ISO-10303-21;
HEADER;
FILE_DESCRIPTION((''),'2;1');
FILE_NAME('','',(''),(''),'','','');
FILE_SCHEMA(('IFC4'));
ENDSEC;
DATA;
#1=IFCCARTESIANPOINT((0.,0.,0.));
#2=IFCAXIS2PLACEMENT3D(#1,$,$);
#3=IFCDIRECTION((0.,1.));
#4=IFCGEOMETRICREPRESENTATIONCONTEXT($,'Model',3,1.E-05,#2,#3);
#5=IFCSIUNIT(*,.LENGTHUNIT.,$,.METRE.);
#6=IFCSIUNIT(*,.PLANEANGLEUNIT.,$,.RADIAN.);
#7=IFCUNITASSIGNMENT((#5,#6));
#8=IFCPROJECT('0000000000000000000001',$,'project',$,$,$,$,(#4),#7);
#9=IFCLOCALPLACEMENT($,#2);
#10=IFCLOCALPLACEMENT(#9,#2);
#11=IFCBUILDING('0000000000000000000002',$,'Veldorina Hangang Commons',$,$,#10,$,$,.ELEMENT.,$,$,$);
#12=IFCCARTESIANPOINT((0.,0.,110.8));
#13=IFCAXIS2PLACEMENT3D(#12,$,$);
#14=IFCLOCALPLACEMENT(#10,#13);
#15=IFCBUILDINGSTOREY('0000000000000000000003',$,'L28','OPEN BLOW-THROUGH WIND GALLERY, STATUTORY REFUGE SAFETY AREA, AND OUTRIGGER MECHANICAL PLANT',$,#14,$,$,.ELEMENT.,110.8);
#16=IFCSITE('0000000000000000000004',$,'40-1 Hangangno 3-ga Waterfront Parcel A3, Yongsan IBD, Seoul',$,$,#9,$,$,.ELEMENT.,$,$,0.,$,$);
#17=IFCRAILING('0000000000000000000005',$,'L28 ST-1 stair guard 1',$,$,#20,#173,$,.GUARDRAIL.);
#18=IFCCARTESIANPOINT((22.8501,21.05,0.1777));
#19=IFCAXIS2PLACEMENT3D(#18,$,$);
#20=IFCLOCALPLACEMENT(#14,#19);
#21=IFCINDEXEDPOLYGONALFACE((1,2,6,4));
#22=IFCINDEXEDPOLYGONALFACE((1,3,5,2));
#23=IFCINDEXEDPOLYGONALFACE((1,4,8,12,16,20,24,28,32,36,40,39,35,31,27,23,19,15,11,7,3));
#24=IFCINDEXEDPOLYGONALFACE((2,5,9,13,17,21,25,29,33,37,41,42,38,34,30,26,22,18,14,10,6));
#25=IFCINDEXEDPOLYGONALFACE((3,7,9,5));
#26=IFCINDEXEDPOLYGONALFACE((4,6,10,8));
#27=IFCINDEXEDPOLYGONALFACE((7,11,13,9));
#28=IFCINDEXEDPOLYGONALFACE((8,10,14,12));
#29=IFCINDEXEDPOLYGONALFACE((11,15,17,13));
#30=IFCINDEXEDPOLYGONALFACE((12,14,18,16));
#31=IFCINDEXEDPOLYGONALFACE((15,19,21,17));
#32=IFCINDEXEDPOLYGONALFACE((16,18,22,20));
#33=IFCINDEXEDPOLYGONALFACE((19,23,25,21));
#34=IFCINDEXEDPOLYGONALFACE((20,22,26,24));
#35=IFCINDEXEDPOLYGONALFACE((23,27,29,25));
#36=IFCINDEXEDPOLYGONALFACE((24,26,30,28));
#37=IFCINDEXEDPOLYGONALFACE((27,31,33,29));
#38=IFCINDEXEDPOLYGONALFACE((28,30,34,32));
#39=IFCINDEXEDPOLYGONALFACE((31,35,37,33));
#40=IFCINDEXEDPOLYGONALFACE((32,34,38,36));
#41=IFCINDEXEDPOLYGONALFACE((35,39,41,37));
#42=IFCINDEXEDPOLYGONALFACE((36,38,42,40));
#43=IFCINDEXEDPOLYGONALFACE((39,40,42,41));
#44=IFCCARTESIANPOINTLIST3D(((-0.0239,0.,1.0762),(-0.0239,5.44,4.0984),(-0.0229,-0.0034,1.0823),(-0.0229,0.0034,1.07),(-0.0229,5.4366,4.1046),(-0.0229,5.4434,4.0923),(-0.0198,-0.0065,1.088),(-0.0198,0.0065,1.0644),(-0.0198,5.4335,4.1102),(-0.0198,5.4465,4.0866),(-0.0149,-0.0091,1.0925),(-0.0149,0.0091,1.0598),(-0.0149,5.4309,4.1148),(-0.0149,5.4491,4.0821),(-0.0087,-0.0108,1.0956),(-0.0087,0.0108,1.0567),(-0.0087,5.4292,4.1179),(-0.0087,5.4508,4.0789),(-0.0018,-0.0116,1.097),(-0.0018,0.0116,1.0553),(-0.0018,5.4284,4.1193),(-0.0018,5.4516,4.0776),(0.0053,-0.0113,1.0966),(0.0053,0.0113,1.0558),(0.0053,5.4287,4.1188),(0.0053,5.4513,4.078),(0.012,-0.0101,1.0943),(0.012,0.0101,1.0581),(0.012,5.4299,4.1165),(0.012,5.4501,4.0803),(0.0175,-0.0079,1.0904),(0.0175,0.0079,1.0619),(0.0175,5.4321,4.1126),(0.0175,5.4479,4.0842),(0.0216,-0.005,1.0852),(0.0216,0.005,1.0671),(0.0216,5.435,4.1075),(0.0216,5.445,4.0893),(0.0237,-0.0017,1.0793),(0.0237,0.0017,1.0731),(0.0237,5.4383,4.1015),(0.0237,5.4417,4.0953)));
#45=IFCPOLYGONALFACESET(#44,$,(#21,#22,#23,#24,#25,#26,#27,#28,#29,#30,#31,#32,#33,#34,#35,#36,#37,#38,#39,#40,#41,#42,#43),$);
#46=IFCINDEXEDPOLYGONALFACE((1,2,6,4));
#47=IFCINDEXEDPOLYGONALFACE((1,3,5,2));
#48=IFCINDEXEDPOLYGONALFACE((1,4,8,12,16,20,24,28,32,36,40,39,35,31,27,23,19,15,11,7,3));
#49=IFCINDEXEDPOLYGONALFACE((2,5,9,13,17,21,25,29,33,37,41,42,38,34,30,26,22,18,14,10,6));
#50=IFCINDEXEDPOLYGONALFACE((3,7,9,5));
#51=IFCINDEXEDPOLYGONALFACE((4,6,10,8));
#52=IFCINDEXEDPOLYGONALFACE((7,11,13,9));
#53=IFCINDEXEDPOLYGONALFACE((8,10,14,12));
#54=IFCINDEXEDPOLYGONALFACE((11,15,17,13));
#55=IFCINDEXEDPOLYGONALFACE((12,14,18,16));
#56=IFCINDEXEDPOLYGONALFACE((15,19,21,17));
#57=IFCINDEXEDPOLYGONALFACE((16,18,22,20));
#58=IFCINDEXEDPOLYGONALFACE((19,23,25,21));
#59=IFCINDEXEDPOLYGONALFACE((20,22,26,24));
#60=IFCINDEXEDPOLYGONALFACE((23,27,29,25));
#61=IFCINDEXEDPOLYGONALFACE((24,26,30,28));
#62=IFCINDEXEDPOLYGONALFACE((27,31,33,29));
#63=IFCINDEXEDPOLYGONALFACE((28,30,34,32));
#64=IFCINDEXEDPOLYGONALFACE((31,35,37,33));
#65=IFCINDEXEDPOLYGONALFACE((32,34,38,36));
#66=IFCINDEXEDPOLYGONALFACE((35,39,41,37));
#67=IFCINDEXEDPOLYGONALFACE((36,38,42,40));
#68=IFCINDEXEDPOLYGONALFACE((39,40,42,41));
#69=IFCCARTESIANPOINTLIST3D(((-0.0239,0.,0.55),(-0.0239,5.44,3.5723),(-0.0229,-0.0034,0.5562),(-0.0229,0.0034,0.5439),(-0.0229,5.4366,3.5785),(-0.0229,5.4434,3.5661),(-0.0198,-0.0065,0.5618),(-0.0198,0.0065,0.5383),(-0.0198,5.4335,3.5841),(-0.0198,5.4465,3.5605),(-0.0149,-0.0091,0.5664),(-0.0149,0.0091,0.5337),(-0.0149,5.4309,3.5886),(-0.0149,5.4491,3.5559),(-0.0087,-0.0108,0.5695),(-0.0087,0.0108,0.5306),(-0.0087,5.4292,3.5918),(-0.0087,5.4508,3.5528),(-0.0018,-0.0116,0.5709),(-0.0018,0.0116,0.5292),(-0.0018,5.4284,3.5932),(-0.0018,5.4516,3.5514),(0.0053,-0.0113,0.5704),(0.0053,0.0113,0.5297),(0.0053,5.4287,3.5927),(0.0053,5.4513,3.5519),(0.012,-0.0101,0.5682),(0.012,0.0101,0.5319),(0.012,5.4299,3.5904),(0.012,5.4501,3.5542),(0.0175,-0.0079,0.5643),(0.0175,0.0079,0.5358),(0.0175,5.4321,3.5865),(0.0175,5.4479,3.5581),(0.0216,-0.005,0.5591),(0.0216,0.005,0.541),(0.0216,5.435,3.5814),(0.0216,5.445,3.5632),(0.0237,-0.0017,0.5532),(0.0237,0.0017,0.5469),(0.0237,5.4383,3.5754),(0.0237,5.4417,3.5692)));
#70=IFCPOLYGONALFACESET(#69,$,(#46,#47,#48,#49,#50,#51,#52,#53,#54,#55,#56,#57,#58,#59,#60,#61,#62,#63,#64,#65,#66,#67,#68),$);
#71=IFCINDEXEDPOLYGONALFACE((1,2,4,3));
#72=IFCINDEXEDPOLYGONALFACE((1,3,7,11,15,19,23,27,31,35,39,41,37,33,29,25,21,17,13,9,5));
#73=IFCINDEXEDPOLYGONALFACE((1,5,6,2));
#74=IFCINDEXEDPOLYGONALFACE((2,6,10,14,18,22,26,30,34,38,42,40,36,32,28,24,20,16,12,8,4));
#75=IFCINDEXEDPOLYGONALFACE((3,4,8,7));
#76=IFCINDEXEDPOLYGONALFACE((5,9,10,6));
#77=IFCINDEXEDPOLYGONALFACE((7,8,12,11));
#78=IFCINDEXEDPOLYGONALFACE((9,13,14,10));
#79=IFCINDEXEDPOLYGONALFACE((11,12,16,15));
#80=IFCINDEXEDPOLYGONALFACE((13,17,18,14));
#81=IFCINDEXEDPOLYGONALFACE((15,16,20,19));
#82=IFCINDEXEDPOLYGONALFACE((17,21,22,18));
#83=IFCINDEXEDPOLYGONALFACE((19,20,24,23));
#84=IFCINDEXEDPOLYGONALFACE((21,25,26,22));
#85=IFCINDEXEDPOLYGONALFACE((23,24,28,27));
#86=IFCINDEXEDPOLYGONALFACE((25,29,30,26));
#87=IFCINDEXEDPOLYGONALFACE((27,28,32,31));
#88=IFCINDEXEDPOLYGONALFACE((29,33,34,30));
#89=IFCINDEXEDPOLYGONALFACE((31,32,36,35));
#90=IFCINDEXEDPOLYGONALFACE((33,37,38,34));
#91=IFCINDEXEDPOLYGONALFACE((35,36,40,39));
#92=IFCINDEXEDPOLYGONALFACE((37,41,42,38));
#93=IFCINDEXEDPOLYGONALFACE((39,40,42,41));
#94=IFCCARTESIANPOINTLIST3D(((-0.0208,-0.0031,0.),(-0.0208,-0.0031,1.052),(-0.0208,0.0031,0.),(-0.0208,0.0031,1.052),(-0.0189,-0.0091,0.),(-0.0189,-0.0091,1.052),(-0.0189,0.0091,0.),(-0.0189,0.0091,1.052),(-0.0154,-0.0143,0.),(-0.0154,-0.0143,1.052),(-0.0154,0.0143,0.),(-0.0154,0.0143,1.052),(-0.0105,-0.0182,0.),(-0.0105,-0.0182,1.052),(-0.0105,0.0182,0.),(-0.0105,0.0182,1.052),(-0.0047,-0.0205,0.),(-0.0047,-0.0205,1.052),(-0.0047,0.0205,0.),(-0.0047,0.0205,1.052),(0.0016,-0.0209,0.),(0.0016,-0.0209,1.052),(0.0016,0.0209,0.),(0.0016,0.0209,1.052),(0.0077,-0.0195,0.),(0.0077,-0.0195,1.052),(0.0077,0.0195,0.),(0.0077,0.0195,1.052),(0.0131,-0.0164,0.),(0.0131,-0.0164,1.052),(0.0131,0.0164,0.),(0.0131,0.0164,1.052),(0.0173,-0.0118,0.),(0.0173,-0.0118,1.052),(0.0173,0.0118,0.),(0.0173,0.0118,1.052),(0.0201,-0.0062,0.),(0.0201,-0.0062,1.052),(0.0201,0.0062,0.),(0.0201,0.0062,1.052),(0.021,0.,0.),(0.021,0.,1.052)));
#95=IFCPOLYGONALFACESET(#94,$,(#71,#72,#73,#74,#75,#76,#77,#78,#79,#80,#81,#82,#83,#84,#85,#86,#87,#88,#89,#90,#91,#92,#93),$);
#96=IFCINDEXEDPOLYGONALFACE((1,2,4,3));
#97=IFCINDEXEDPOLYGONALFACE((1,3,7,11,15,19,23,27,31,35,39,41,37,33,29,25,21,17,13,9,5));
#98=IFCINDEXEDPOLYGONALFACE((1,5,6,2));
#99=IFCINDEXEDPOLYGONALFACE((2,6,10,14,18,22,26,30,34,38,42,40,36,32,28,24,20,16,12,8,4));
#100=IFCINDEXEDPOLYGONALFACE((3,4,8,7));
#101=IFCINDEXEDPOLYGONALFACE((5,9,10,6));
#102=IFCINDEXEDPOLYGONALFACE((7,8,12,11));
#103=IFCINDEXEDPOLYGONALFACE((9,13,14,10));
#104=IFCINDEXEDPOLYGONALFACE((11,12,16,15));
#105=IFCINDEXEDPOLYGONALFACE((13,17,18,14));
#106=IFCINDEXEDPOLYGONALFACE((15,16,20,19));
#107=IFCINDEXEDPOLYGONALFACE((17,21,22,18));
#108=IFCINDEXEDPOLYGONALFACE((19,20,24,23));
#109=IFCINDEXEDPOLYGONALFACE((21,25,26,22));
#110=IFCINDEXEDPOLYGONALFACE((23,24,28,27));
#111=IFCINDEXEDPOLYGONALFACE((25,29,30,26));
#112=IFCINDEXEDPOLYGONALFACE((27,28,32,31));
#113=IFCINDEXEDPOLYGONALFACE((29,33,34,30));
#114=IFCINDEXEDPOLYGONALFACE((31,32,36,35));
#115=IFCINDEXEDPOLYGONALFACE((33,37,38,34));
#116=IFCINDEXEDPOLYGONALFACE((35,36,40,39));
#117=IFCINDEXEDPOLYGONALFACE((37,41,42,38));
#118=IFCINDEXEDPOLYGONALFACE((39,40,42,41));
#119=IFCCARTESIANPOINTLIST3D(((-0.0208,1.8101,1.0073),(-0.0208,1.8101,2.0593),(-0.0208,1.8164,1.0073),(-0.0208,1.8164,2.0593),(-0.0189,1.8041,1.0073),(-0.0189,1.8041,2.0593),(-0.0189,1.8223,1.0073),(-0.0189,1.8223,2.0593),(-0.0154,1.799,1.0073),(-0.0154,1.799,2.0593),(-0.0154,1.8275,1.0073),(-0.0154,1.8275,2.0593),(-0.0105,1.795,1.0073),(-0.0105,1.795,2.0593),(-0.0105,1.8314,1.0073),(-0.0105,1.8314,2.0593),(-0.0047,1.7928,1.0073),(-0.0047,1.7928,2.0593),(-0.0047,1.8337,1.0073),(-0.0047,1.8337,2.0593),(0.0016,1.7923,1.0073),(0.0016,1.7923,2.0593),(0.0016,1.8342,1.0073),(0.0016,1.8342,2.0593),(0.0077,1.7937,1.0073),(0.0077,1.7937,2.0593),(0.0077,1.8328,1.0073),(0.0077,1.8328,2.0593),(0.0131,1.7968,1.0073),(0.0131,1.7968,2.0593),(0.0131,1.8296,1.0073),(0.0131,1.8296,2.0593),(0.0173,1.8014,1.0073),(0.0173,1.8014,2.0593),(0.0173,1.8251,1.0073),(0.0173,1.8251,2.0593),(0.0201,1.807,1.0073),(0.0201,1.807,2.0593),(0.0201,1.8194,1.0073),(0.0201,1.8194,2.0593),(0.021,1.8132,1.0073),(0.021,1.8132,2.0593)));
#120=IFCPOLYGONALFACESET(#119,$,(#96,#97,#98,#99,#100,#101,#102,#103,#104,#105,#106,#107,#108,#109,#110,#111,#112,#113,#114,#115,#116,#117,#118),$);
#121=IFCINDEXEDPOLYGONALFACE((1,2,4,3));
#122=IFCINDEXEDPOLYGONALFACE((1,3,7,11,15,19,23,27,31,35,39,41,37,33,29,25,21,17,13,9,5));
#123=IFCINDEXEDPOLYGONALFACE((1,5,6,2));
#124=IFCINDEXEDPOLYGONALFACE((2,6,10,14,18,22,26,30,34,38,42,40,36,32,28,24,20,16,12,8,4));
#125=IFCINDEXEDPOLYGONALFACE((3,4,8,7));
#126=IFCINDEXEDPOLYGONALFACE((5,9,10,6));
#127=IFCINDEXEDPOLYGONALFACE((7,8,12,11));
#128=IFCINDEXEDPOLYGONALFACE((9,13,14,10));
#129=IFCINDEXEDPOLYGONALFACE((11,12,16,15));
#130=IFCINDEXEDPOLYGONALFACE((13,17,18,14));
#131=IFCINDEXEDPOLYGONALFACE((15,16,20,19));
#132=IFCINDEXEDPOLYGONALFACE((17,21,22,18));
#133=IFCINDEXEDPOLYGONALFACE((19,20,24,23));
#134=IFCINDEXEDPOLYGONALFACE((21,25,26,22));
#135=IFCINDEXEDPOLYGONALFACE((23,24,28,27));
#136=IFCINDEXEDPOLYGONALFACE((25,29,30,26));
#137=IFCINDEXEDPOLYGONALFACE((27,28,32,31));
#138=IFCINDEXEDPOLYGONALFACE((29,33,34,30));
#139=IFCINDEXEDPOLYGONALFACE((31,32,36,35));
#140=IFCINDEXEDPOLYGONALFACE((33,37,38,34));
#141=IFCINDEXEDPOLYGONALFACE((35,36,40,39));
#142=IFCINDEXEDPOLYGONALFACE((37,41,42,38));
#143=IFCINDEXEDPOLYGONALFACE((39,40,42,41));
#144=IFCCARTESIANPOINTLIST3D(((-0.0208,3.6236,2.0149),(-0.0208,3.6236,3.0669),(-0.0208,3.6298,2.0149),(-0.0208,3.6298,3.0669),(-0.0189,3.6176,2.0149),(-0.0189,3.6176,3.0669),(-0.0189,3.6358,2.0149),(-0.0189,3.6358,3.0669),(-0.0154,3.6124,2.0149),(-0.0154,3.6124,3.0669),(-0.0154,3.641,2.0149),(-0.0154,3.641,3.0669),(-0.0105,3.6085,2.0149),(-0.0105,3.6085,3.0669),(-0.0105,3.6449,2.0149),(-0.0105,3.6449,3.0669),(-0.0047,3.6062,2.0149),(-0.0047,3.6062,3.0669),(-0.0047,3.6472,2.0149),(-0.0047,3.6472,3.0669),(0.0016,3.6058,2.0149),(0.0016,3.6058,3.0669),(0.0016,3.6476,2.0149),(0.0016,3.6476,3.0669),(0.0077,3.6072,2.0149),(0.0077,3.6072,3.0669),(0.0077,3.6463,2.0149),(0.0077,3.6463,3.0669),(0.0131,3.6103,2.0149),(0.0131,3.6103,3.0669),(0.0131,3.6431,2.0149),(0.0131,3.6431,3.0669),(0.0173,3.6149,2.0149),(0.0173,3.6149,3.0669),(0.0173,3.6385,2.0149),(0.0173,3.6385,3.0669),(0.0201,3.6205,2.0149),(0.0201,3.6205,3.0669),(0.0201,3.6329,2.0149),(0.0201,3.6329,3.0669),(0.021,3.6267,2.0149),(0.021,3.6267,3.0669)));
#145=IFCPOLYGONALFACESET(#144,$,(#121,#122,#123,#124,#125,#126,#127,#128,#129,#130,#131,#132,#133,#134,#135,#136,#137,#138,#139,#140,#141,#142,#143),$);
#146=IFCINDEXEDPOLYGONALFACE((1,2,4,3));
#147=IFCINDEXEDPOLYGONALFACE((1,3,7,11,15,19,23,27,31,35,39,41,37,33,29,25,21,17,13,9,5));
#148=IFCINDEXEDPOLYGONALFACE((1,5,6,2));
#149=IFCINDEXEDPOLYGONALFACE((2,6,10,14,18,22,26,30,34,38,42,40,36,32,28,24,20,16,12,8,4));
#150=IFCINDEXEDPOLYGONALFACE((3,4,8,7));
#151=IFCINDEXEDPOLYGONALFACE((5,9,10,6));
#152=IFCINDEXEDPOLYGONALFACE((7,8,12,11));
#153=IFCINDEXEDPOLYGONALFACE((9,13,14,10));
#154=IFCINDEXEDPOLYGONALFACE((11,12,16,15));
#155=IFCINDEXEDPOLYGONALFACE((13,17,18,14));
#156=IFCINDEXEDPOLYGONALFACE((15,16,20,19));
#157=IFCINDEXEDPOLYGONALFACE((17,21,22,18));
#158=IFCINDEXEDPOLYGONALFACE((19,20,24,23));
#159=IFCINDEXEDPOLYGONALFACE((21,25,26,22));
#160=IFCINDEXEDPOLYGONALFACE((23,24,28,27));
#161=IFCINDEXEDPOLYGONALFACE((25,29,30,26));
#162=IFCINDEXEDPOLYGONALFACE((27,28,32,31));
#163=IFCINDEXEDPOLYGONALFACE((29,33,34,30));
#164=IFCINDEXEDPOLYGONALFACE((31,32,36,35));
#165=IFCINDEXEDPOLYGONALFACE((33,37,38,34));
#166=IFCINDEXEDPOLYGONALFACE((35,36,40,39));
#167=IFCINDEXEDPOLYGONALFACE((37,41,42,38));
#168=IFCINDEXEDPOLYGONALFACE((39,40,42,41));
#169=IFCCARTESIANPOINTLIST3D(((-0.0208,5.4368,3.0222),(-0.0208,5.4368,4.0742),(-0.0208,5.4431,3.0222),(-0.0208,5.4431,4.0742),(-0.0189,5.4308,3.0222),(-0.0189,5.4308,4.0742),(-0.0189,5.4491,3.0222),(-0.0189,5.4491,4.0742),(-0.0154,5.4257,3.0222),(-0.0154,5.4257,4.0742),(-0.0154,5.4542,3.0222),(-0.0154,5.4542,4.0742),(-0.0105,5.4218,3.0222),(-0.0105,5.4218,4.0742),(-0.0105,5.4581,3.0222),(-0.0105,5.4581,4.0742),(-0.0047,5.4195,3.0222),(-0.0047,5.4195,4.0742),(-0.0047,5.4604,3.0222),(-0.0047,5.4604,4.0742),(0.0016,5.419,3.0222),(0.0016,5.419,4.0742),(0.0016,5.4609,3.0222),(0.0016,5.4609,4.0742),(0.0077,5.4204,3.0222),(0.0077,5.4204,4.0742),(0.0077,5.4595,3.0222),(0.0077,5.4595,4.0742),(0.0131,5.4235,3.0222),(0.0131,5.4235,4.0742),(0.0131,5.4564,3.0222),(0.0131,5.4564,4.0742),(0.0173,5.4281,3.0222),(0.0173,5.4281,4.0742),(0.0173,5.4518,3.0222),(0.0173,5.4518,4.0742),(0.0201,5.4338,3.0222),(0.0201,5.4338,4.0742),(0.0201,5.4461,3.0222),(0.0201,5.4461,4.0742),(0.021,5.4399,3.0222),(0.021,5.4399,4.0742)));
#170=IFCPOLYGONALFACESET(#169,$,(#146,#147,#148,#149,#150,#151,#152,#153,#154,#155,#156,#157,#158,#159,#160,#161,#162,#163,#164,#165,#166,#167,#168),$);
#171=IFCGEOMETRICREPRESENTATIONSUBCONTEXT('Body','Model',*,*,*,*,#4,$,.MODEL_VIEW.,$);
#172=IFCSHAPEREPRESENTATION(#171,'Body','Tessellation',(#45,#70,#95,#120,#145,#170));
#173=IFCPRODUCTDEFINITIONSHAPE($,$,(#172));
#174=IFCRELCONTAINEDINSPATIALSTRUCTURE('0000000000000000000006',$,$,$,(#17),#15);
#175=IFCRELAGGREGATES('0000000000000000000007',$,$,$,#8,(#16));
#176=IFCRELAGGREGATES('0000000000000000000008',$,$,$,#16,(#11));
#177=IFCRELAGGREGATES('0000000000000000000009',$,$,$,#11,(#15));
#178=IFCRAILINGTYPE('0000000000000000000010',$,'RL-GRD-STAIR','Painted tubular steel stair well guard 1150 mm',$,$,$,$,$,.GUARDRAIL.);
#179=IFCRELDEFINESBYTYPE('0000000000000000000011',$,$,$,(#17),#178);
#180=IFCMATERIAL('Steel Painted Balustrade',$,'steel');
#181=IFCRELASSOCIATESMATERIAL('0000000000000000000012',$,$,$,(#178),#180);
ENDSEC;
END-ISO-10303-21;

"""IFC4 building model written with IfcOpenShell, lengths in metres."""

from ifc_helpers import new_model, si_unit, direction, frame, origin, origin_2d, place, context, subcontext, project, spatial, circle, extrude, material, type_object, element, save


model = new_model("IFC4")

# Units and contexts
model_context = context("Model", 3, precision=1e-05, world=origin(), true_north=direction((0.0, 1.0)))
body_context = subcontext(model_context, "Body", "Model", "MODEL_VIEW")
ifc_project = project(units=[si_unit("LENGTHUNIT", "METRE"), si_unit("PLANEANGLEUNIT", "RADIAN")], contexts=[model_context])

# Site, building, storey
site_placement = place(None, origin())
site = spatial("IfcSite", under=ifc_project, at=site_placement, Name="40-1 Hangangno 3-ga Waterfront Parcel A3, Yongsan IBD, Seoul", CompositionType="ELEMENT", RefElevation=0.0)
building_placement = place(site_placement, origin())
building = spatial("IfcBuilding", under=site, at=building_placement, Name="Veldorina Hangang Commons", CompositionType="ELEMENT")
storey_placement = place(building_placement, frame((0.0, 0.0, 110.8)))
storey = spatial("IfcBuildingStorey", under=building, at=storey_placement, Name="L28", Description="OPEN BLOW-THROUGH WIND GALLERY, STATUTORY REFUGE SAFETY AREA, AND OUTRIGGER MECHANICAL PLANT", CompositionType="ELEMENT", Elevation=110.8)

# Railing
ifc_material_1 = material(Name="Steel Painted Balustrade", Category="steel")
railing_type_1 = type_object("IfcRailingType", Name="RL-GRD-STAIR", Description="Painted tubular steel stair well guard 1150 mm", PredefinedType="GUARDRAIL", material=ifc_material_1)
railing_1_placement = place(storey_placement, frame((22.8501, 21.05, 0.1777)))
element("IfcRailing", 1, at=railing_1_placement, inside=storey, type_object=railing_type_1, Name="L28 ST-1 stair guard 1", PredefinedType="GUARDRAIL", context=body_context, shape_type="SweptSolid", body=[
    extrude(circle(Radius=0.0239, at=origin_2d()), frame((0.0, 0.0, 1.0762), z_axis=(0.0, 0.874155, 0.485646), x_axis=(-1.0, 0.0, 0.0)), (0.0, 0.0, 1.0), 6.2231),
    extrude(circle(Radius=0.0239, at=origin_2d()), frame((0.0, 0.0, 0.55), z_axis=(0.0, 0.874155, 0.485646), x_axis=(-1.0, 0.0, 0.0)), (0.0, 0.0, 1.0), 6.2231),
    extrude(circle(Radius=0.021, at=origin_2d()), origin(), (0.0, 0.0, 1.0), 1.052),
    extrude(circle(Radius=0.021, at=origin_2d()), frame((0.0, 1.8132, 1.0073)), (0.0, 0.0, 1.0), 1.052),
    extrude(circle(Radius=0.021, at=origin_2d()), frame((0.0, 3.6267, 2.0149)), (0.0, 0.0, 1.0), 1.052),
    extrude(circle(Radius=0.021, at=origin_2d()), frame((0.0, 5.4399, 3.0222)), (0.0, 0.0, 1.0), 1.052),
])

save(model, "model.ifc")
